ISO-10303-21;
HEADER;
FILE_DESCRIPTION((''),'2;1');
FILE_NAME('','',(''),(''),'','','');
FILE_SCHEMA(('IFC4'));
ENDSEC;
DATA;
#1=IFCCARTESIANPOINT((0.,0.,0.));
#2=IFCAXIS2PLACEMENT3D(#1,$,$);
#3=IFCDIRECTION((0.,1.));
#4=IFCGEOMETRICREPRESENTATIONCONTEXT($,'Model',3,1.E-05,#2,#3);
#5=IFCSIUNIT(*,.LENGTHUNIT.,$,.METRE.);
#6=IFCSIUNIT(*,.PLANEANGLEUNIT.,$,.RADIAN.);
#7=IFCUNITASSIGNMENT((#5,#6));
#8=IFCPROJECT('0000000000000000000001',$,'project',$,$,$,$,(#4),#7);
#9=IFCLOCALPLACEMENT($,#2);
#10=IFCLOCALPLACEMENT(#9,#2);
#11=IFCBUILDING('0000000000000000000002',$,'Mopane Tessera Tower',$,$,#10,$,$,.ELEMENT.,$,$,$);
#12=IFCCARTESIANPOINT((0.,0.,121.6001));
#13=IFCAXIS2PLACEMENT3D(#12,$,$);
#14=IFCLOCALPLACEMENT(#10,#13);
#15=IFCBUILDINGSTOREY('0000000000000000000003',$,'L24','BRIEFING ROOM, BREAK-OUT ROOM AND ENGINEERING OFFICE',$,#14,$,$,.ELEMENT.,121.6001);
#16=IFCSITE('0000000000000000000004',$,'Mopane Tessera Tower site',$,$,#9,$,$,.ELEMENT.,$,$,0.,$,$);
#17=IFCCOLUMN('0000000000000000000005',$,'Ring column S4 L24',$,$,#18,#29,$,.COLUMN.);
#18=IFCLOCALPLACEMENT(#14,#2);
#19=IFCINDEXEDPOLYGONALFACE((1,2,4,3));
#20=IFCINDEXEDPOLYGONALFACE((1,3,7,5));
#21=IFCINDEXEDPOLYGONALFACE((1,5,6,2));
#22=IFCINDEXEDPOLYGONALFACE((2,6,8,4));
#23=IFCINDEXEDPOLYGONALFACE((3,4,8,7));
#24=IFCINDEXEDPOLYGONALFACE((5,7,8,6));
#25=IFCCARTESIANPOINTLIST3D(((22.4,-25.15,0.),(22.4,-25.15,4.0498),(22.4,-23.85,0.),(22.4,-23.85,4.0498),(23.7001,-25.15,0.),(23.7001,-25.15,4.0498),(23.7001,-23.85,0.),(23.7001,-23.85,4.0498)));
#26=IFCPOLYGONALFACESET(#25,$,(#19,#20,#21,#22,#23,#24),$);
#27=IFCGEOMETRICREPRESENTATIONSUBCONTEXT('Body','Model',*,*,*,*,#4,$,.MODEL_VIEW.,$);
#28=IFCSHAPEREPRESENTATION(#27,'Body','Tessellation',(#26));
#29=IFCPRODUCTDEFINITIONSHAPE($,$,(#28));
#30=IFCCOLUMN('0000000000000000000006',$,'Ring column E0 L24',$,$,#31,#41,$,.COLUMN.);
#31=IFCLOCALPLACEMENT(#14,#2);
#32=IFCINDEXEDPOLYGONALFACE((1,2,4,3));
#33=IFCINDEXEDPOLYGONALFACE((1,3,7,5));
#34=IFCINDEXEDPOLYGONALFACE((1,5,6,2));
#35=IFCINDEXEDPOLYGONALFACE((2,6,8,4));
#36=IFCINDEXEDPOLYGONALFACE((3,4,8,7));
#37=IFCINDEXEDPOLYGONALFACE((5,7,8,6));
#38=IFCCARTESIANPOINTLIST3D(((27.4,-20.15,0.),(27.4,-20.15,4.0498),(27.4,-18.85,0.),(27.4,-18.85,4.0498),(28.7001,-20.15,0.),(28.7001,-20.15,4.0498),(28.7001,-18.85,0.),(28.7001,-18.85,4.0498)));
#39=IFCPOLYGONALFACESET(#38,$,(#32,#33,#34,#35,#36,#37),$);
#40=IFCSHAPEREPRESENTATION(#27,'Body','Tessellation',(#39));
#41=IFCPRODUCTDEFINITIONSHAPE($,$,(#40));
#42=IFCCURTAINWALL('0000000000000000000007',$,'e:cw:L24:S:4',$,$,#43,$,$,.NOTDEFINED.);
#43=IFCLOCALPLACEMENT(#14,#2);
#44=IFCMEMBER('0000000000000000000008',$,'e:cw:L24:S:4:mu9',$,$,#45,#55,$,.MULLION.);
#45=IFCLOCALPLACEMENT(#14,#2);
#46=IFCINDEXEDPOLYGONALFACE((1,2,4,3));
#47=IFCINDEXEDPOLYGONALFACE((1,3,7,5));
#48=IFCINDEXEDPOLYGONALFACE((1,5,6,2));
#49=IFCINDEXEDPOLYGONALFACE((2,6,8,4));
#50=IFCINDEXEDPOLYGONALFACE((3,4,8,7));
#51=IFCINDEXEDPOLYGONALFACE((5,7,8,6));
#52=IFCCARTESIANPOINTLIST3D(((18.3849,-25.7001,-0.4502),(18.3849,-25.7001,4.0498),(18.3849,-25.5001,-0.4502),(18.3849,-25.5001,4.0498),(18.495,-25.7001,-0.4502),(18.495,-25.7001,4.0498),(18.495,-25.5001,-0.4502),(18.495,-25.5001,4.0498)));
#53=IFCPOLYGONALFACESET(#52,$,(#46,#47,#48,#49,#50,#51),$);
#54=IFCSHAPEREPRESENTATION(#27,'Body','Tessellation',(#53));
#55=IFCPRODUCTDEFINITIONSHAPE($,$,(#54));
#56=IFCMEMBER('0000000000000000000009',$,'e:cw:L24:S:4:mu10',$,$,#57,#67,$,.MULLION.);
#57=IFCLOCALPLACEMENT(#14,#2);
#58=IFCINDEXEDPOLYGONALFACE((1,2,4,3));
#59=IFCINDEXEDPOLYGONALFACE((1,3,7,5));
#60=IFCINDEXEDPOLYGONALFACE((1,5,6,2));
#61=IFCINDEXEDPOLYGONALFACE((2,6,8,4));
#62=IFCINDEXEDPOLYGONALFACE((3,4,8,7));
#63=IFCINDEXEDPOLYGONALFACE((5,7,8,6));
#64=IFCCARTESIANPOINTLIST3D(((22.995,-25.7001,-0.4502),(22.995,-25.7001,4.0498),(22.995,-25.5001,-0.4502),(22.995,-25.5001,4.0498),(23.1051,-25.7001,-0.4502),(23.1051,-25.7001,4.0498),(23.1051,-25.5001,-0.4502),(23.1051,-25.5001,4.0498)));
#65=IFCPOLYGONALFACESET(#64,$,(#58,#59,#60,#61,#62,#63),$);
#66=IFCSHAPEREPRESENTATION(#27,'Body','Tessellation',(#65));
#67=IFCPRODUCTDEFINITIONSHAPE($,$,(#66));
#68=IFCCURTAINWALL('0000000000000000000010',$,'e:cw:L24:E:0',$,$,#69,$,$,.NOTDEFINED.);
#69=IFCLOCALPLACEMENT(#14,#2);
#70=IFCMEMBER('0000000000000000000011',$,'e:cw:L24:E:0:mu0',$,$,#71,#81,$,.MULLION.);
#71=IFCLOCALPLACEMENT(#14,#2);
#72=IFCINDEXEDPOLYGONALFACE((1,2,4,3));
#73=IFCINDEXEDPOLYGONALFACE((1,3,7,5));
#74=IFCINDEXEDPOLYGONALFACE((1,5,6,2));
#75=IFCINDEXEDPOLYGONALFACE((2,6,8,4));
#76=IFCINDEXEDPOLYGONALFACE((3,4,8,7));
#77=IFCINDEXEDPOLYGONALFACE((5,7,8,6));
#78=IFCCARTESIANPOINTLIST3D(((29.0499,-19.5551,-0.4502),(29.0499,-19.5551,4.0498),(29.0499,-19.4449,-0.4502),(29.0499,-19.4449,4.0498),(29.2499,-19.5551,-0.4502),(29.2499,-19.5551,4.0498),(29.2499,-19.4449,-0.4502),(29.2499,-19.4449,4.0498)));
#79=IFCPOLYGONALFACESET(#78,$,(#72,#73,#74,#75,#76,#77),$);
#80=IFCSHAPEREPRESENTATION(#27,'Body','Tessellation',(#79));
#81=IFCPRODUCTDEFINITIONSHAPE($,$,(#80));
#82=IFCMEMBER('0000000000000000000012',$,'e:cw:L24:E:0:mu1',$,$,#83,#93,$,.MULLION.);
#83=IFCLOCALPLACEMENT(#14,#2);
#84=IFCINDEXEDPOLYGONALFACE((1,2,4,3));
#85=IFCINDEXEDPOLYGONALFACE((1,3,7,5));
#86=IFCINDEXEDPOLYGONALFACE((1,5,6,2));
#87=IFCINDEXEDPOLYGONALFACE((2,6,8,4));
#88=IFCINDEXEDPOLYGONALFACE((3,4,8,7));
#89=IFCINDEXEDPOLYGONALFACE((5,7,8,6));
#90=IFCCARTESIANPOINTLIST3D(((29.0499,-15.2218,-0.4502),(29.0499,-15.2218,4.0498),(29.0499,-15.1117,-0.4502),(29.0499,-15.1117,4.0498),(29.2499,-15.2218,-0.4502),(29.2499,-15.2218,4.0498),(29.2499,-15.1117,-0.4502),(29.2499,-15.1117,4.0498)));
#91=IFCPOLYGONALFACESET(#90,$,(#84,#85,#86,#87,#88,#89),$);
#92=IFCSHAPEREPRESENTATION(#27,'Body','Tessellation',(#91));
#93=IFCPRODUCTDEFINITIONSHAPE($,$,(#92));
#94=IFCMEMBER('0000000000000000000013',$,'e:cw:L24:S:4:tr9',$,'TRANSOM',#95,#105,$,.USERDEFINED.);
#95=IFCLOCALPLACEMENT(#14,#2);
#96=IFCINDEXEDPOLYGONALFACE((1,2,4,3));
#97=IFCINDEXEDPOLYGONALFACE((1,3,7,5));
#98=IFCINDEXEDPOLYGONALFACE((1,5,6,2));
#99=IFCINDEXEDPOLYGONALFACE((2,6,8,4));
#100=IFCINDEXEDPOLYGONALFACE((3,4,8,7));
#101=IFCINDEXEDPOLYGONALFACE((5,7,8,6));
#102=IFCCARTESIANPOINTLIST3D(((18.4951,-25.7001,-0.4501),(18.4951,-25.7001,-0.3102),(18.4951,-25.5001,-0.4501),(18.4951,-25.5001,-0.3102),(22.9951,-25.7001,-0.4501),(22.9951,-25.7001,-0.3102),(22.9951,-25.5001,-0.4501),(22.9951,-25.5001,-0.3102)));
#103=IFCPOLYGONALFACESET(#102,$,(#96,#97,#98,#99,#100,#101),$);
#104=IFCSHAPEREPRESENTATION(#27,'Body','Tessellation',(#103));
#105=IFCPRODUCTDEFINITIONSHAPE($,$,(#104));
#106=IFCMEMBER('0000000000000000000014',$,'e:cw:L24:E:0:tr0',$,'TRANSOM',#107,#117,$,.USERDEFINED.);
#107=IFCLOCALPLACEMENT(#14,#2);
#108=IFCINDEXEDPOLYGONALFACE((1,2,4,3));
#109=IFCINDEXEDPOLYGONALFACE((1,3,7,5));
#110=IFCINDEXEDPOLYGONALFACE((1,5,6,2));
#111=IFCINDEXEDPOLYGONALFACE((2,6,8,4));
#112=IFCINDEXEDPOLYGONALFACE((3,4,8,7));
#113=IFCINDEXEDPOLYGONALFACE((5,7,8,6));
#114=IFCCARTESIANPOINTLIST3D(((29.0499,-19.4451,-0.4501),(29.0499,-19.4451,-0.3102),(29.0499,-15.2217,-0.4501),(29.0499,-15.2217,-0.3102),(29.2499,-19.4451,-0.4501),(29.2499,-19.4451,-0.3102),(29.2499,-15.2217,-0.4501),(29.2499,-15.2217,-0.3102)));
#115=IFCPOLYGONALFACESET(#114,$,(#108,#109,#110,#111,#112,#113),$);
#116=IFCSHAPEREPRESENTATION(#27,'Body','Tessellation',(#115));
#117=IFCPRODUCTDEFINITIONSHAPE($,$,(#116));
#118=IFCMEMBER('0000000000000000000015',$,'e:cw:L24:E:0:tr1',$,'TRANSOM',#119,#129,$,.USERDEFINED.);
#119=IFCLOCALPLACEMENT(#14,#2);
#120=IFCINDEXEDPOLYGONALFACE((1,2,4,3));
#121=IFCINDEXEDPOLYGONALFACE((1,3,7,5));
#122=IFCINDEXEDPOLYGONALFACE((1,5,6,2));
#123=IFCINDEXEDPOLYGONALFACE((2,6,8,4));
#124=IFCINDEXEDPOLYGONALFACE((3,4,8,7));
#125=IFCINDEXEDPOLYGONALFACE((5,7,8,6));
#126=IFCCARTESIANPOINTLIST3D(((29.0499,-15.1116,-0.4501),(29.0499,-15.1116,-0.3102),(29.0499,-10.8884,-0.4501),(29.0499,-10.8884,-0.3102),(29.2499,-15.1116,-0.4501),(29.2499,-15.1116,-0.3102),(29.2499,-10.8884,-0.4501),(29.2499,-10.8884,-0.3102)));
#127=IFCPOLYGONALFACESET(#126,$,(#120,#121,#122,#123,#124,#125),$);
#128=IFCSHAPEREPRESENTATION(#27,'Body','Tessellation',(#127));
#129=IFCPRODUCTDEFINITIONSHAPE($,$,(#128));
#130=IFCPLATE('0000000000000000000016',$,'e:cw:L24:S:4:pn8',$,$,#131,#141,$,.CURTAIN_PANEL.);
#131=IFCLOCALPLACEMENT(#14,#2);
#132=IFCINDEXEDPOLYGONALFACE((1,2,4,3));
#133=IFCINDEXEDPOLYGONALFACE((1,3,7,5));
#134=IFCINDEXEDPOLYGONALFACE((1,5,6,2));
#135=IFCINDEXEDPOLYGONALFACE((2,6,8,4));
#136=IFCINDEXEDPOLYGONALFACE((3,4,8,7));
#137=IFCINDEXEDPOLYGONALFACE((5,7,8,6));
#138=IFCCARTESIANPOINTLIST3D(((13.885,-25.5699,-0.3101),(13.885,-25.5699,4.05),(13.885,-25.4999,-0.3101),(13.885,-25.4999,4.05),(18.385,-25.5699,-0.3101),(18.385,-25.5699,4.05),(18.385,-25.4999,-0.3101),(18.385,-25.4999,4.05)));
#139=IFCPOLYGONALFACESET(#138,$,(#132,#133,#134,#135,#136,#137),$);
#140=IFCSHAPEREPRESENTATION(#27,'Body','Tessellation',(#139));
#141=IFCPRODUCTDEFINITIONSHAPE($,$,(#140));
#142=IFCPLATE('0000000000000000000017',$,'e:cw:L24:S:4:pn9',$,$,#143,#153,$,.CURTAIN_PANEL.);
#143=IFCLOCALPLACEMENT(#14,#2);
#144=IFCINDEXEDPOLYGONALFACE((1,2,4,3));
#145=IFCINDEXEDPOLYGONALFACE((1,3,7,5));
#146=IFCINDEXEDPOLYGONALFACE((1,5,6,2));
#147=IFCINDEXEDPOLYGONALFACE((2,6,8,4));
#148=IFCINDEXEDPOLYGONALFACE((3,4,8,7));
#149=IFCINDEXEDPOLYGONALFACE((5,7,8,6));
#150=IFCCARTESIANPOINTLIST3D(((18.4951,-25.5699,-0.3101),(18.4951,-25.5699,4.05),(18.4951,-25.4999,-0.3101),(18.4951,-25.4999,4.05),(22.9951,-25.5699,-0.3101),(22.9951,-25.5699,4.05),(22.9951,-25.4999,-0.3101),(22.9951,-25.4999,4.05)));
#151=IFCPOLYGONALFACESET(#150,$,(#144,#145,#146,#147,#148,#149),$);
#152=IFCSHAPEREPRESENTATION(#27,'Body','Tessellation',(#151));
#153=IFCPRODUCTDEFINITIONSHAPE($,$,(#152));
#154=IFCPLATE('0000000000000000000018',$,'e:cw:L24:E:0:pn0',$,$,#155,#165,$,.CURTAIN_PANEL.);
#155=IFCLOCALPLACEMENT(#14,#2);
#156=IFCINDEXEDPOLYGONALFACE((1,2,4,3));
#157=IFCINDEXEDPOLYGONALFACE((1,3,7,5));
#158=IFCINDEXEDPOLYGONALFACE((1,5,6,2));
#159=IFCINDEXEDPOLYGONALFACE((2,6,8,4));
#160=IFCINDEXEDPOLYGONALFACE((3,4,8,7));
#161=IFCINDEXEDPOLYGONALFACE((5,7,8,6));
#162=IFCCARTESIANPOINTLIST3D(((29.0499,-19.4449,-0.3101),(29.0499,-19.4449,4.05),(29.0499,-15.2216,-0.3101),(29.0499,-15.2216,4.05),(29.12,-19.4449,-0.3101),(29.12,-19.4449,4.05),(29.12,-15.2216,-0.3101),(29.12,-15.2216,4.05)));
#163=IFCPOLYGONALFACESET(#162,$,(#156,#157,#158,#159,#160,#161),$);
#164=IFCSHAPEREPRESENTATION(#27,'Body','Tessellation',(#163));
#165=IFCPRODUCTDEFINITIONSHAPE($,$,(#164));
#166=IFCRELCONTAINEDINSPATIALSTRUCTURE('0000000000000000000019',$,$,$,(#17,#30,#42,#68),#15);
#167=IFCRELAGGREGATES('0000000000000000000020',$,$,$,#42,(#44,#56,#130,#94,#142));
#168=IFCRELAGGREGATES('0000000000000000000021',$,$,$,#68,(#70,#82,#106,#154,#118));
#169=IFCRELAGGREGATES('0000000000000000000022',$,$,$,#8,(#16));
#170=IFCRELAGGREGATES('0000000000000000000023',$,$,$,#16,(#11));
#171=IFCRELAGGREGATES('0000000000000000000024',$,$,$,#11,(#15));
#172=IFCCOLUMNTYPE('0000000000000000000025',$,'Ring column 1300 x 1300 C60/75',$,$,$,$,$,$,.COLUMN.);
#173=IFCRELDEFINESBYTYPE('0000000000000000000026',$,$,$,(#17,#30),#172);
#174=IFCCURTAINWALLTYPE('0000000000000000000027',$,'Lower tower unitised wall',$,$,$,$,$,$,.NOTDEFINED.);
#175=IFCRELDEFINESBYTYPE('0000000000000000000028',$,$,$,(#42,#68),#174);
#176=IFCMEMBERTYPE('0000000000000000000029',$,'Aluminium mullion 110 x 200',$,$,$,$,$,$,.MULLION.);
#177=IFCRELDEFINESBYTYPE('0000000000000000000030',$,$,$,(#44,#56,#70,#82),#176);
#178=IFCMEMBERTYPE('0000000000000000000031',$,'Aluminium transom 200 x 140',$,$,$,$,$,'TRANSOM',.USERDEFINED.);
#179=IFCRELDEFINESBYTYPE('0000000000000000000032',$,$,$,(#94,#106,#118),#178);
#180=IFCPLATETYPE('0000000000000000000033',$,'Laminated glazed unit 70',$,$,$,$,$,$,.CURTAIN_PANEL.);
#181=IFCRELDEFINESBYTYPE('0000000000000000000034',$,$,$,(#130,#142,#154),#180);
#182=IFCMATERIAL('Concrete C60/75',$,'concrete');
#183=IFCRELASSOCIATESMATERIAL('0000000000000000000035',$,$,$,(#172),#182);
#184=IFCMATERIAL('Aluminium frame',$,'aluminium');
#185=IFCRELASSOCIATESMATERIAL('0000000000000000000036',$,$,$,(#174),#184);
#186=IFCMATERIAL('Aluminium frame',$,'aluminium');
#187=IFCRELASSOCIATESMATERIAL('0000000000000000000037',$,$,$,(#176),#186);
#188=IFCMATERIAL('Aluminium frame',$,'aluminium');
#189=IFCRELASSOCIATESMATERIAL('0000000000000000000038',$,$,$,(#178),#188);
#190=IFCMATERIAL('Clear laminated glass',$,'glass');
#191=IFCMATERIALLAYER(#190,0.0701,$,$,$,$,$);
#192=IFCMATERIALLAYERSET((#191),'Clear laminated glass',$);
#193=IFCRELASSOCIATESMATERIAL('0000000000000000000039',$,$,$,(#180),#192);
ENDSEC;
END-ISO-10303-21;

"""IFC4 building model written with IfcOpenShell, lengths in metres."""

from ifc_helpers import new_model, si_unit, direction, frame, origin, origin_2d, place, context, subcontext, project, spatial, rectangle, extrude, material, layer, layer_set, material_profile, profile_set, type_object, element, aggregate, save


model = new_model("IFC4")

# Units and contexts
model_context = context("Model", 3, precision=1e-05, world=origin(), true_north=direction((0.0, 1.0)))
body_context = subcontext(model_context, "Body", "Model", "MODEL_VIEW")
ifc_project = project(units=[si_unit("LENGTHUNIT", "METRE"), si_unit("PLANEANGLEUNIT", "RADIAN")], contexts=[model_context])

# Site, building, storey
site_placement = place(None, origin())
site = spatial("IfcSite", under=ifc_project, at=site_placement, Name="Mopane Tessera Tower site", CompositionType="ELEMENT", RefElevation=0.0)
building_placement = place(site_placement, origin())
building = spatial("IfcBuilding", under=site, at=building_placement, Name="Mopane Tessera Tower", CompositionType="ELEMENT")
storey_placement = place(building_placement, frame((0.0, 0.0, 121.6001)))
storey = spatial("IfcBuildingStorey", under=building, at=storey_placement, Name="L24", Description="BRIEFING ROOM, BREAK-OUT ROOM AND ENGINEERING OFFICE", CompositionType="ELEMENT", Elevation=121.6001)

# Columns
ifc_material_1 = material(Name="Concrete C60/75", Category="concrete")
ifc_material_profile_1 = material_profile(ifc_material_1, rectangle(XDim=1.3, YDim=1.3, at=origin_2d()))
ifc_profile_set_1 = profile_set([ifc_material_profile_1], Name="Concrete C60/75")
column_type = type_object("IfcColumnType", Name="Ring column 1300 x 1300 C60/75", PredefinedType="COLUMN", material=ifc_profile_set_1)
for number, where, z_axis, x_axis, name in (
    (1, (23.05, -24.5, 0.0), (0.0, 0.0, 1.0), (1.0, 0.0, 0.0), "Ring column S4 L24"),
    (2, (28.05, -19.5, 0.0), (0.0, 0.0, 1.0), (1.0, 0.0, 0.0), "Ring column E0 L24"),
):
    element("IfcColumn", number, at=place(storey_placement, frame(where, z_axis=z_axis, x_axis=x_axis)), inside=storey, type_object=column_type, Name=name, PredefinedType="COLUMN", context=body_context, shape_type="SweptSolid", body=[
        extrude(rectangle(XDim=1.3, YDim=1.3, at=origin_2d()), origin(), (0.0, 0.0, 1.0), 4.0498),
    ])

# Curtain walls, members
ifc_material_2 = material(Name="Aluminium frame", Category="aluminium")
curtain_wall_type = type_object("IfcCurtainWallType", Name="Lower tower unitised wall", PredefinedType="NOTDEFINED", material=ifc_material_2)
curtain_wall_1_placement = place(storey_placement, origin())
curtain_wall_1 = element("IfcCurtainWall", 3, at=curtain_wall_1_placement, inside=storey, type_object=curtain_wall_type, Name="e:cw:L24:S:4", PredefinedType="NOTDEFINED")
ifc_material_3 = material(Name="Aluminium frame", Category="aluminium")
ifc_material_profile_2 = material_profile(ifc_material_3, rectangle(XDim=0.1101, YDim=0.2, at=origin_2d()))
ifc_profile_set_2 = profile_set([ifc_material_profile_2], Name="Aluminium frame")
member_type_1 = type_object("IfcMemberType", Name="Aluminium mullion 110 x 200", PredefinedType="MULLION", material=ifc_profile_set_2)
member_1_placement = place(storey_placement, frame((18.4399, -25.6001, -0.4502), z_axis=(0.0, 0.0, 1.0), x_axis=(1.0, 0.0, 0.0)))
member_1 = element("IfcMember", 4, at=member_1_placement, type_object=member_type_1, Name="e:cw:L24:S:4:mu9", PredefinedType="MULLION", context=body_context, shape_type="SweptSolid", body=[
    extrude(rectangle(XDim=0.1101, YDim=0.2, at=origin_2d()), origin(), (0.0, 0.0, 1.0), 4.5),
])
member_2_placement = place(storey_placement, frame((23.05, -25.6001, -0.4502), z_axis=(0.0, 0.0, 1.0), x_axis=(1.0, 0.0, 0.0)))
member_2 = element("IfcMember", 5, at=member_2_placement, type_object=member_type_1, Name="e:cw:L24:S:4:mu10", PredefinedType="MULLION", context=body_context, shape_type="SweptSolid", body=[
    extrude(rectangle(XDim=0.1101, YDim=0.2, at=origin_2d()), origin(), (0.0, 0.0, 1.0), 4.5),
])
curtain_wall_2_placement = place(storey_placement, origin())
curtain_wall_2 = element("IfcCurtainWall", 6, at=curtain_wall_2_placement, inside=storey, type_object=curtain_wall_type, Name="e:cw:L24:E:0", PredefinedType="NOTDEFINED")
member_3_placement = place(storey_placement, frame((29.1499, -19.5, -0.4502), z_axis=(0.0, 0.0, 1.0), x_axis=(0.0, 1.0, 0.0)))
member_3 = element("IfcMember", 7, at=member_3_placement, type_object=member_type_1, Name="e:cw:L24:E:0:mu0", PredefinedType="MULLION", context=body_context, shape_type="SweptSolid", body=[
    extrude(rectangle(XDim=0.1101, YDim=0.2, at=origin_2d()), origin(), (0.0, 0.0, 1.0), 4.5),
])
member_4_placement = place(storey_placement, frame((29.1499, -15.1667, -0.4502), z_axis=(0.0, 0.0, 1.0), x_axis=(0.0, 1.0, 0.0)))
member_4 = element("IfcMember", 8, at=member_4_placement, type_object=member_type_1, Name="e:cw:L24:E:0:mu1", PredefinedType="MULLION", context=body_context, shape_type="SweptSolid", body=[
    extrude(rectangle(XDim=0.1101, YDim=0.2, at=origin_2d()), origin(), (0.0, 0.0, 1.0), 4.5),
])

# Members
ifc_material_4 = material(Name="Aluminium frame", Category="aluminium")
ifc_material_profile_3 = material_profile(ifc_material_4, rectangle(XDim=0.2, YDim=0.1399, at=origin_2d()))
ifc_profile_set_3 = profile_set([ifc_material_profile_3], Name="Aluminium frame")
member_type_2 = type_object("IfcMemberType", Name="Aluminium transom 200 x 140", ElementType="TRANSOM", PredefinedType="USERDEFINED", material=ifc_profile_set_3)
member_5_placement = place(storey_placement, frame((18.4951, -25.6001, -0.3801), z_axis=(1.0, 0.0, 0.0), x_axis=(0.0, 1.0, 0.0)))
member_5 = element("IfcMember", 9, at=member_5_placement, type_object=member_type_2, Name="e:cw:L24:S:4:tr9", ObjectType="TRANSOM", PredefinedType="USERDEFINED", context=body_context, shape_type="SweptSolid", body=[
    extrude(rectangle(XDim=0.2, YDim=0.1399, at=origin_2d()), origin(), (0.0, 0.0, 1.0), 4.5),
])
member_6_placement = place(storey_placement, frame((29.1499, -19.4451, -0.3801), z_axis=(0.0, 1.0, 0.0), x_axis=(-1.0, 0.0, 0.0)))
member_6 = element("IfcMember", 10, at=member_6_placement, type_object=member_type_2, Name="e:cw:L24:E:0:tr0", ObjectType="TRANSOM", PredefinedType="USERDEFINED", context=body_context, shape_type="SweptSolid", body=[
    extrude(rectangle(XDim=0.2, YDim=0.1399, at=origin_2d()), origin(), (0.0, 0.0, 1.0), 4.2234),
])
member_7_placement = place(storey_placement, frame((29.1499, -15.1116, -0.3801), z_axis=(0.0, 1.0, 0.0), x_axis=(-1.0, 0.0, 0.0)))
member_7 = element("IfcMember", 11, at=member_7_placement, type_object=member_type_2, Name="e:cw:L24:E:0:tr1", ObjectType="TRANSOM", PredefinedType="USERDEFINED", context=body_context, shape_type="SweptSolid", body=[
    extrude(rectangle(XDim=0.2, YDim=0.1399, at=origin_2d()), origin(), (0.0, 0.0, 1.0), 4.2231),
])

# Plates
ifc_material_5 = material(Name="Clear laminated glass", Category="glass")
ifc_layer_1 = layer(ifc_material_5, 0.0701)
ifc_layer_set_1 = layer_set([ifc_layer_1], Name="Clear laminated glass")
plate_type = type_object("IfcPlateType", Name="Laminated glazed unit 70", PredefinedType="CURTAIN_PANEL", material=ifc_layer_set_1)
plate_1_placement = place(storey_placement, frame((16.135, -25.5349, -0.3101), z_axis=(0.0, 0.0, 1.0), x_axis=(1.0, 0.0, 0.0)))
plate_1 = element("IfcPlate", 12, at=plate_1_placement, type_object=plate_type, Name="e:cw:L24:S:4:pn8", PredefinedType="CURTAIN_PANEL", context=body_context, shape_type="SweptSolid", body=[
    extrude(rectangle(XDim=4.5, YDim=0.0701, at=origin_2d()), origin(), (0.0, 0.0, 1.0), 4.3601),
])
plate_2_placement = place(storey_placement, frame((20.7451, -25.5349, -0.3101), z_axis=(0.0, 0.0, 1.0), x_axis=(1.0, 0.0, 0.0)))
plate_2 = element("IfcPlate", 13, at=plate_2_placement, type_object=plate_type, Name="e:cw:L24:S:4:pn9", PredefinedType="CURTAIN_PANEL", context=body_context, shape_type="SweptSolid", body=[
    extrude(rectangle(XDim=4.5, YDim=0.0701, at=origin_2d()), origin(), (0.0, 0.0, 1.0), 4.3601),
])
aggregate(curtain_wall_1, [member_1, member_2, plate_1, member_5, plate_2])
plate_3_placement = place(storey_placement, frame((29.085, -17.3333, -0.3101), z_axis=(0.0, 0.0, 1.0), x_axis=(0.0, 1.0, 0.0)))
plate_3 = element("IfcPlate", 14, at=plate_3_placement, type_object=plate_type, Name="e:cw:L24:E:0:pn0", PredefinedType="CURTAIN_PANEL", context=body_context, shape_type="SweptSolid", body=[
    extrude(rectangle(XDim=4.2234, YDim=0.0701, at=origin_2d()), origin(), (0.0, 0.0, 1.0), 4.3601),
])
aggregate(curtain_wall_2, [member_3, member_4, member_6, plate_3, member_7])

save(model, "model.ifc")
